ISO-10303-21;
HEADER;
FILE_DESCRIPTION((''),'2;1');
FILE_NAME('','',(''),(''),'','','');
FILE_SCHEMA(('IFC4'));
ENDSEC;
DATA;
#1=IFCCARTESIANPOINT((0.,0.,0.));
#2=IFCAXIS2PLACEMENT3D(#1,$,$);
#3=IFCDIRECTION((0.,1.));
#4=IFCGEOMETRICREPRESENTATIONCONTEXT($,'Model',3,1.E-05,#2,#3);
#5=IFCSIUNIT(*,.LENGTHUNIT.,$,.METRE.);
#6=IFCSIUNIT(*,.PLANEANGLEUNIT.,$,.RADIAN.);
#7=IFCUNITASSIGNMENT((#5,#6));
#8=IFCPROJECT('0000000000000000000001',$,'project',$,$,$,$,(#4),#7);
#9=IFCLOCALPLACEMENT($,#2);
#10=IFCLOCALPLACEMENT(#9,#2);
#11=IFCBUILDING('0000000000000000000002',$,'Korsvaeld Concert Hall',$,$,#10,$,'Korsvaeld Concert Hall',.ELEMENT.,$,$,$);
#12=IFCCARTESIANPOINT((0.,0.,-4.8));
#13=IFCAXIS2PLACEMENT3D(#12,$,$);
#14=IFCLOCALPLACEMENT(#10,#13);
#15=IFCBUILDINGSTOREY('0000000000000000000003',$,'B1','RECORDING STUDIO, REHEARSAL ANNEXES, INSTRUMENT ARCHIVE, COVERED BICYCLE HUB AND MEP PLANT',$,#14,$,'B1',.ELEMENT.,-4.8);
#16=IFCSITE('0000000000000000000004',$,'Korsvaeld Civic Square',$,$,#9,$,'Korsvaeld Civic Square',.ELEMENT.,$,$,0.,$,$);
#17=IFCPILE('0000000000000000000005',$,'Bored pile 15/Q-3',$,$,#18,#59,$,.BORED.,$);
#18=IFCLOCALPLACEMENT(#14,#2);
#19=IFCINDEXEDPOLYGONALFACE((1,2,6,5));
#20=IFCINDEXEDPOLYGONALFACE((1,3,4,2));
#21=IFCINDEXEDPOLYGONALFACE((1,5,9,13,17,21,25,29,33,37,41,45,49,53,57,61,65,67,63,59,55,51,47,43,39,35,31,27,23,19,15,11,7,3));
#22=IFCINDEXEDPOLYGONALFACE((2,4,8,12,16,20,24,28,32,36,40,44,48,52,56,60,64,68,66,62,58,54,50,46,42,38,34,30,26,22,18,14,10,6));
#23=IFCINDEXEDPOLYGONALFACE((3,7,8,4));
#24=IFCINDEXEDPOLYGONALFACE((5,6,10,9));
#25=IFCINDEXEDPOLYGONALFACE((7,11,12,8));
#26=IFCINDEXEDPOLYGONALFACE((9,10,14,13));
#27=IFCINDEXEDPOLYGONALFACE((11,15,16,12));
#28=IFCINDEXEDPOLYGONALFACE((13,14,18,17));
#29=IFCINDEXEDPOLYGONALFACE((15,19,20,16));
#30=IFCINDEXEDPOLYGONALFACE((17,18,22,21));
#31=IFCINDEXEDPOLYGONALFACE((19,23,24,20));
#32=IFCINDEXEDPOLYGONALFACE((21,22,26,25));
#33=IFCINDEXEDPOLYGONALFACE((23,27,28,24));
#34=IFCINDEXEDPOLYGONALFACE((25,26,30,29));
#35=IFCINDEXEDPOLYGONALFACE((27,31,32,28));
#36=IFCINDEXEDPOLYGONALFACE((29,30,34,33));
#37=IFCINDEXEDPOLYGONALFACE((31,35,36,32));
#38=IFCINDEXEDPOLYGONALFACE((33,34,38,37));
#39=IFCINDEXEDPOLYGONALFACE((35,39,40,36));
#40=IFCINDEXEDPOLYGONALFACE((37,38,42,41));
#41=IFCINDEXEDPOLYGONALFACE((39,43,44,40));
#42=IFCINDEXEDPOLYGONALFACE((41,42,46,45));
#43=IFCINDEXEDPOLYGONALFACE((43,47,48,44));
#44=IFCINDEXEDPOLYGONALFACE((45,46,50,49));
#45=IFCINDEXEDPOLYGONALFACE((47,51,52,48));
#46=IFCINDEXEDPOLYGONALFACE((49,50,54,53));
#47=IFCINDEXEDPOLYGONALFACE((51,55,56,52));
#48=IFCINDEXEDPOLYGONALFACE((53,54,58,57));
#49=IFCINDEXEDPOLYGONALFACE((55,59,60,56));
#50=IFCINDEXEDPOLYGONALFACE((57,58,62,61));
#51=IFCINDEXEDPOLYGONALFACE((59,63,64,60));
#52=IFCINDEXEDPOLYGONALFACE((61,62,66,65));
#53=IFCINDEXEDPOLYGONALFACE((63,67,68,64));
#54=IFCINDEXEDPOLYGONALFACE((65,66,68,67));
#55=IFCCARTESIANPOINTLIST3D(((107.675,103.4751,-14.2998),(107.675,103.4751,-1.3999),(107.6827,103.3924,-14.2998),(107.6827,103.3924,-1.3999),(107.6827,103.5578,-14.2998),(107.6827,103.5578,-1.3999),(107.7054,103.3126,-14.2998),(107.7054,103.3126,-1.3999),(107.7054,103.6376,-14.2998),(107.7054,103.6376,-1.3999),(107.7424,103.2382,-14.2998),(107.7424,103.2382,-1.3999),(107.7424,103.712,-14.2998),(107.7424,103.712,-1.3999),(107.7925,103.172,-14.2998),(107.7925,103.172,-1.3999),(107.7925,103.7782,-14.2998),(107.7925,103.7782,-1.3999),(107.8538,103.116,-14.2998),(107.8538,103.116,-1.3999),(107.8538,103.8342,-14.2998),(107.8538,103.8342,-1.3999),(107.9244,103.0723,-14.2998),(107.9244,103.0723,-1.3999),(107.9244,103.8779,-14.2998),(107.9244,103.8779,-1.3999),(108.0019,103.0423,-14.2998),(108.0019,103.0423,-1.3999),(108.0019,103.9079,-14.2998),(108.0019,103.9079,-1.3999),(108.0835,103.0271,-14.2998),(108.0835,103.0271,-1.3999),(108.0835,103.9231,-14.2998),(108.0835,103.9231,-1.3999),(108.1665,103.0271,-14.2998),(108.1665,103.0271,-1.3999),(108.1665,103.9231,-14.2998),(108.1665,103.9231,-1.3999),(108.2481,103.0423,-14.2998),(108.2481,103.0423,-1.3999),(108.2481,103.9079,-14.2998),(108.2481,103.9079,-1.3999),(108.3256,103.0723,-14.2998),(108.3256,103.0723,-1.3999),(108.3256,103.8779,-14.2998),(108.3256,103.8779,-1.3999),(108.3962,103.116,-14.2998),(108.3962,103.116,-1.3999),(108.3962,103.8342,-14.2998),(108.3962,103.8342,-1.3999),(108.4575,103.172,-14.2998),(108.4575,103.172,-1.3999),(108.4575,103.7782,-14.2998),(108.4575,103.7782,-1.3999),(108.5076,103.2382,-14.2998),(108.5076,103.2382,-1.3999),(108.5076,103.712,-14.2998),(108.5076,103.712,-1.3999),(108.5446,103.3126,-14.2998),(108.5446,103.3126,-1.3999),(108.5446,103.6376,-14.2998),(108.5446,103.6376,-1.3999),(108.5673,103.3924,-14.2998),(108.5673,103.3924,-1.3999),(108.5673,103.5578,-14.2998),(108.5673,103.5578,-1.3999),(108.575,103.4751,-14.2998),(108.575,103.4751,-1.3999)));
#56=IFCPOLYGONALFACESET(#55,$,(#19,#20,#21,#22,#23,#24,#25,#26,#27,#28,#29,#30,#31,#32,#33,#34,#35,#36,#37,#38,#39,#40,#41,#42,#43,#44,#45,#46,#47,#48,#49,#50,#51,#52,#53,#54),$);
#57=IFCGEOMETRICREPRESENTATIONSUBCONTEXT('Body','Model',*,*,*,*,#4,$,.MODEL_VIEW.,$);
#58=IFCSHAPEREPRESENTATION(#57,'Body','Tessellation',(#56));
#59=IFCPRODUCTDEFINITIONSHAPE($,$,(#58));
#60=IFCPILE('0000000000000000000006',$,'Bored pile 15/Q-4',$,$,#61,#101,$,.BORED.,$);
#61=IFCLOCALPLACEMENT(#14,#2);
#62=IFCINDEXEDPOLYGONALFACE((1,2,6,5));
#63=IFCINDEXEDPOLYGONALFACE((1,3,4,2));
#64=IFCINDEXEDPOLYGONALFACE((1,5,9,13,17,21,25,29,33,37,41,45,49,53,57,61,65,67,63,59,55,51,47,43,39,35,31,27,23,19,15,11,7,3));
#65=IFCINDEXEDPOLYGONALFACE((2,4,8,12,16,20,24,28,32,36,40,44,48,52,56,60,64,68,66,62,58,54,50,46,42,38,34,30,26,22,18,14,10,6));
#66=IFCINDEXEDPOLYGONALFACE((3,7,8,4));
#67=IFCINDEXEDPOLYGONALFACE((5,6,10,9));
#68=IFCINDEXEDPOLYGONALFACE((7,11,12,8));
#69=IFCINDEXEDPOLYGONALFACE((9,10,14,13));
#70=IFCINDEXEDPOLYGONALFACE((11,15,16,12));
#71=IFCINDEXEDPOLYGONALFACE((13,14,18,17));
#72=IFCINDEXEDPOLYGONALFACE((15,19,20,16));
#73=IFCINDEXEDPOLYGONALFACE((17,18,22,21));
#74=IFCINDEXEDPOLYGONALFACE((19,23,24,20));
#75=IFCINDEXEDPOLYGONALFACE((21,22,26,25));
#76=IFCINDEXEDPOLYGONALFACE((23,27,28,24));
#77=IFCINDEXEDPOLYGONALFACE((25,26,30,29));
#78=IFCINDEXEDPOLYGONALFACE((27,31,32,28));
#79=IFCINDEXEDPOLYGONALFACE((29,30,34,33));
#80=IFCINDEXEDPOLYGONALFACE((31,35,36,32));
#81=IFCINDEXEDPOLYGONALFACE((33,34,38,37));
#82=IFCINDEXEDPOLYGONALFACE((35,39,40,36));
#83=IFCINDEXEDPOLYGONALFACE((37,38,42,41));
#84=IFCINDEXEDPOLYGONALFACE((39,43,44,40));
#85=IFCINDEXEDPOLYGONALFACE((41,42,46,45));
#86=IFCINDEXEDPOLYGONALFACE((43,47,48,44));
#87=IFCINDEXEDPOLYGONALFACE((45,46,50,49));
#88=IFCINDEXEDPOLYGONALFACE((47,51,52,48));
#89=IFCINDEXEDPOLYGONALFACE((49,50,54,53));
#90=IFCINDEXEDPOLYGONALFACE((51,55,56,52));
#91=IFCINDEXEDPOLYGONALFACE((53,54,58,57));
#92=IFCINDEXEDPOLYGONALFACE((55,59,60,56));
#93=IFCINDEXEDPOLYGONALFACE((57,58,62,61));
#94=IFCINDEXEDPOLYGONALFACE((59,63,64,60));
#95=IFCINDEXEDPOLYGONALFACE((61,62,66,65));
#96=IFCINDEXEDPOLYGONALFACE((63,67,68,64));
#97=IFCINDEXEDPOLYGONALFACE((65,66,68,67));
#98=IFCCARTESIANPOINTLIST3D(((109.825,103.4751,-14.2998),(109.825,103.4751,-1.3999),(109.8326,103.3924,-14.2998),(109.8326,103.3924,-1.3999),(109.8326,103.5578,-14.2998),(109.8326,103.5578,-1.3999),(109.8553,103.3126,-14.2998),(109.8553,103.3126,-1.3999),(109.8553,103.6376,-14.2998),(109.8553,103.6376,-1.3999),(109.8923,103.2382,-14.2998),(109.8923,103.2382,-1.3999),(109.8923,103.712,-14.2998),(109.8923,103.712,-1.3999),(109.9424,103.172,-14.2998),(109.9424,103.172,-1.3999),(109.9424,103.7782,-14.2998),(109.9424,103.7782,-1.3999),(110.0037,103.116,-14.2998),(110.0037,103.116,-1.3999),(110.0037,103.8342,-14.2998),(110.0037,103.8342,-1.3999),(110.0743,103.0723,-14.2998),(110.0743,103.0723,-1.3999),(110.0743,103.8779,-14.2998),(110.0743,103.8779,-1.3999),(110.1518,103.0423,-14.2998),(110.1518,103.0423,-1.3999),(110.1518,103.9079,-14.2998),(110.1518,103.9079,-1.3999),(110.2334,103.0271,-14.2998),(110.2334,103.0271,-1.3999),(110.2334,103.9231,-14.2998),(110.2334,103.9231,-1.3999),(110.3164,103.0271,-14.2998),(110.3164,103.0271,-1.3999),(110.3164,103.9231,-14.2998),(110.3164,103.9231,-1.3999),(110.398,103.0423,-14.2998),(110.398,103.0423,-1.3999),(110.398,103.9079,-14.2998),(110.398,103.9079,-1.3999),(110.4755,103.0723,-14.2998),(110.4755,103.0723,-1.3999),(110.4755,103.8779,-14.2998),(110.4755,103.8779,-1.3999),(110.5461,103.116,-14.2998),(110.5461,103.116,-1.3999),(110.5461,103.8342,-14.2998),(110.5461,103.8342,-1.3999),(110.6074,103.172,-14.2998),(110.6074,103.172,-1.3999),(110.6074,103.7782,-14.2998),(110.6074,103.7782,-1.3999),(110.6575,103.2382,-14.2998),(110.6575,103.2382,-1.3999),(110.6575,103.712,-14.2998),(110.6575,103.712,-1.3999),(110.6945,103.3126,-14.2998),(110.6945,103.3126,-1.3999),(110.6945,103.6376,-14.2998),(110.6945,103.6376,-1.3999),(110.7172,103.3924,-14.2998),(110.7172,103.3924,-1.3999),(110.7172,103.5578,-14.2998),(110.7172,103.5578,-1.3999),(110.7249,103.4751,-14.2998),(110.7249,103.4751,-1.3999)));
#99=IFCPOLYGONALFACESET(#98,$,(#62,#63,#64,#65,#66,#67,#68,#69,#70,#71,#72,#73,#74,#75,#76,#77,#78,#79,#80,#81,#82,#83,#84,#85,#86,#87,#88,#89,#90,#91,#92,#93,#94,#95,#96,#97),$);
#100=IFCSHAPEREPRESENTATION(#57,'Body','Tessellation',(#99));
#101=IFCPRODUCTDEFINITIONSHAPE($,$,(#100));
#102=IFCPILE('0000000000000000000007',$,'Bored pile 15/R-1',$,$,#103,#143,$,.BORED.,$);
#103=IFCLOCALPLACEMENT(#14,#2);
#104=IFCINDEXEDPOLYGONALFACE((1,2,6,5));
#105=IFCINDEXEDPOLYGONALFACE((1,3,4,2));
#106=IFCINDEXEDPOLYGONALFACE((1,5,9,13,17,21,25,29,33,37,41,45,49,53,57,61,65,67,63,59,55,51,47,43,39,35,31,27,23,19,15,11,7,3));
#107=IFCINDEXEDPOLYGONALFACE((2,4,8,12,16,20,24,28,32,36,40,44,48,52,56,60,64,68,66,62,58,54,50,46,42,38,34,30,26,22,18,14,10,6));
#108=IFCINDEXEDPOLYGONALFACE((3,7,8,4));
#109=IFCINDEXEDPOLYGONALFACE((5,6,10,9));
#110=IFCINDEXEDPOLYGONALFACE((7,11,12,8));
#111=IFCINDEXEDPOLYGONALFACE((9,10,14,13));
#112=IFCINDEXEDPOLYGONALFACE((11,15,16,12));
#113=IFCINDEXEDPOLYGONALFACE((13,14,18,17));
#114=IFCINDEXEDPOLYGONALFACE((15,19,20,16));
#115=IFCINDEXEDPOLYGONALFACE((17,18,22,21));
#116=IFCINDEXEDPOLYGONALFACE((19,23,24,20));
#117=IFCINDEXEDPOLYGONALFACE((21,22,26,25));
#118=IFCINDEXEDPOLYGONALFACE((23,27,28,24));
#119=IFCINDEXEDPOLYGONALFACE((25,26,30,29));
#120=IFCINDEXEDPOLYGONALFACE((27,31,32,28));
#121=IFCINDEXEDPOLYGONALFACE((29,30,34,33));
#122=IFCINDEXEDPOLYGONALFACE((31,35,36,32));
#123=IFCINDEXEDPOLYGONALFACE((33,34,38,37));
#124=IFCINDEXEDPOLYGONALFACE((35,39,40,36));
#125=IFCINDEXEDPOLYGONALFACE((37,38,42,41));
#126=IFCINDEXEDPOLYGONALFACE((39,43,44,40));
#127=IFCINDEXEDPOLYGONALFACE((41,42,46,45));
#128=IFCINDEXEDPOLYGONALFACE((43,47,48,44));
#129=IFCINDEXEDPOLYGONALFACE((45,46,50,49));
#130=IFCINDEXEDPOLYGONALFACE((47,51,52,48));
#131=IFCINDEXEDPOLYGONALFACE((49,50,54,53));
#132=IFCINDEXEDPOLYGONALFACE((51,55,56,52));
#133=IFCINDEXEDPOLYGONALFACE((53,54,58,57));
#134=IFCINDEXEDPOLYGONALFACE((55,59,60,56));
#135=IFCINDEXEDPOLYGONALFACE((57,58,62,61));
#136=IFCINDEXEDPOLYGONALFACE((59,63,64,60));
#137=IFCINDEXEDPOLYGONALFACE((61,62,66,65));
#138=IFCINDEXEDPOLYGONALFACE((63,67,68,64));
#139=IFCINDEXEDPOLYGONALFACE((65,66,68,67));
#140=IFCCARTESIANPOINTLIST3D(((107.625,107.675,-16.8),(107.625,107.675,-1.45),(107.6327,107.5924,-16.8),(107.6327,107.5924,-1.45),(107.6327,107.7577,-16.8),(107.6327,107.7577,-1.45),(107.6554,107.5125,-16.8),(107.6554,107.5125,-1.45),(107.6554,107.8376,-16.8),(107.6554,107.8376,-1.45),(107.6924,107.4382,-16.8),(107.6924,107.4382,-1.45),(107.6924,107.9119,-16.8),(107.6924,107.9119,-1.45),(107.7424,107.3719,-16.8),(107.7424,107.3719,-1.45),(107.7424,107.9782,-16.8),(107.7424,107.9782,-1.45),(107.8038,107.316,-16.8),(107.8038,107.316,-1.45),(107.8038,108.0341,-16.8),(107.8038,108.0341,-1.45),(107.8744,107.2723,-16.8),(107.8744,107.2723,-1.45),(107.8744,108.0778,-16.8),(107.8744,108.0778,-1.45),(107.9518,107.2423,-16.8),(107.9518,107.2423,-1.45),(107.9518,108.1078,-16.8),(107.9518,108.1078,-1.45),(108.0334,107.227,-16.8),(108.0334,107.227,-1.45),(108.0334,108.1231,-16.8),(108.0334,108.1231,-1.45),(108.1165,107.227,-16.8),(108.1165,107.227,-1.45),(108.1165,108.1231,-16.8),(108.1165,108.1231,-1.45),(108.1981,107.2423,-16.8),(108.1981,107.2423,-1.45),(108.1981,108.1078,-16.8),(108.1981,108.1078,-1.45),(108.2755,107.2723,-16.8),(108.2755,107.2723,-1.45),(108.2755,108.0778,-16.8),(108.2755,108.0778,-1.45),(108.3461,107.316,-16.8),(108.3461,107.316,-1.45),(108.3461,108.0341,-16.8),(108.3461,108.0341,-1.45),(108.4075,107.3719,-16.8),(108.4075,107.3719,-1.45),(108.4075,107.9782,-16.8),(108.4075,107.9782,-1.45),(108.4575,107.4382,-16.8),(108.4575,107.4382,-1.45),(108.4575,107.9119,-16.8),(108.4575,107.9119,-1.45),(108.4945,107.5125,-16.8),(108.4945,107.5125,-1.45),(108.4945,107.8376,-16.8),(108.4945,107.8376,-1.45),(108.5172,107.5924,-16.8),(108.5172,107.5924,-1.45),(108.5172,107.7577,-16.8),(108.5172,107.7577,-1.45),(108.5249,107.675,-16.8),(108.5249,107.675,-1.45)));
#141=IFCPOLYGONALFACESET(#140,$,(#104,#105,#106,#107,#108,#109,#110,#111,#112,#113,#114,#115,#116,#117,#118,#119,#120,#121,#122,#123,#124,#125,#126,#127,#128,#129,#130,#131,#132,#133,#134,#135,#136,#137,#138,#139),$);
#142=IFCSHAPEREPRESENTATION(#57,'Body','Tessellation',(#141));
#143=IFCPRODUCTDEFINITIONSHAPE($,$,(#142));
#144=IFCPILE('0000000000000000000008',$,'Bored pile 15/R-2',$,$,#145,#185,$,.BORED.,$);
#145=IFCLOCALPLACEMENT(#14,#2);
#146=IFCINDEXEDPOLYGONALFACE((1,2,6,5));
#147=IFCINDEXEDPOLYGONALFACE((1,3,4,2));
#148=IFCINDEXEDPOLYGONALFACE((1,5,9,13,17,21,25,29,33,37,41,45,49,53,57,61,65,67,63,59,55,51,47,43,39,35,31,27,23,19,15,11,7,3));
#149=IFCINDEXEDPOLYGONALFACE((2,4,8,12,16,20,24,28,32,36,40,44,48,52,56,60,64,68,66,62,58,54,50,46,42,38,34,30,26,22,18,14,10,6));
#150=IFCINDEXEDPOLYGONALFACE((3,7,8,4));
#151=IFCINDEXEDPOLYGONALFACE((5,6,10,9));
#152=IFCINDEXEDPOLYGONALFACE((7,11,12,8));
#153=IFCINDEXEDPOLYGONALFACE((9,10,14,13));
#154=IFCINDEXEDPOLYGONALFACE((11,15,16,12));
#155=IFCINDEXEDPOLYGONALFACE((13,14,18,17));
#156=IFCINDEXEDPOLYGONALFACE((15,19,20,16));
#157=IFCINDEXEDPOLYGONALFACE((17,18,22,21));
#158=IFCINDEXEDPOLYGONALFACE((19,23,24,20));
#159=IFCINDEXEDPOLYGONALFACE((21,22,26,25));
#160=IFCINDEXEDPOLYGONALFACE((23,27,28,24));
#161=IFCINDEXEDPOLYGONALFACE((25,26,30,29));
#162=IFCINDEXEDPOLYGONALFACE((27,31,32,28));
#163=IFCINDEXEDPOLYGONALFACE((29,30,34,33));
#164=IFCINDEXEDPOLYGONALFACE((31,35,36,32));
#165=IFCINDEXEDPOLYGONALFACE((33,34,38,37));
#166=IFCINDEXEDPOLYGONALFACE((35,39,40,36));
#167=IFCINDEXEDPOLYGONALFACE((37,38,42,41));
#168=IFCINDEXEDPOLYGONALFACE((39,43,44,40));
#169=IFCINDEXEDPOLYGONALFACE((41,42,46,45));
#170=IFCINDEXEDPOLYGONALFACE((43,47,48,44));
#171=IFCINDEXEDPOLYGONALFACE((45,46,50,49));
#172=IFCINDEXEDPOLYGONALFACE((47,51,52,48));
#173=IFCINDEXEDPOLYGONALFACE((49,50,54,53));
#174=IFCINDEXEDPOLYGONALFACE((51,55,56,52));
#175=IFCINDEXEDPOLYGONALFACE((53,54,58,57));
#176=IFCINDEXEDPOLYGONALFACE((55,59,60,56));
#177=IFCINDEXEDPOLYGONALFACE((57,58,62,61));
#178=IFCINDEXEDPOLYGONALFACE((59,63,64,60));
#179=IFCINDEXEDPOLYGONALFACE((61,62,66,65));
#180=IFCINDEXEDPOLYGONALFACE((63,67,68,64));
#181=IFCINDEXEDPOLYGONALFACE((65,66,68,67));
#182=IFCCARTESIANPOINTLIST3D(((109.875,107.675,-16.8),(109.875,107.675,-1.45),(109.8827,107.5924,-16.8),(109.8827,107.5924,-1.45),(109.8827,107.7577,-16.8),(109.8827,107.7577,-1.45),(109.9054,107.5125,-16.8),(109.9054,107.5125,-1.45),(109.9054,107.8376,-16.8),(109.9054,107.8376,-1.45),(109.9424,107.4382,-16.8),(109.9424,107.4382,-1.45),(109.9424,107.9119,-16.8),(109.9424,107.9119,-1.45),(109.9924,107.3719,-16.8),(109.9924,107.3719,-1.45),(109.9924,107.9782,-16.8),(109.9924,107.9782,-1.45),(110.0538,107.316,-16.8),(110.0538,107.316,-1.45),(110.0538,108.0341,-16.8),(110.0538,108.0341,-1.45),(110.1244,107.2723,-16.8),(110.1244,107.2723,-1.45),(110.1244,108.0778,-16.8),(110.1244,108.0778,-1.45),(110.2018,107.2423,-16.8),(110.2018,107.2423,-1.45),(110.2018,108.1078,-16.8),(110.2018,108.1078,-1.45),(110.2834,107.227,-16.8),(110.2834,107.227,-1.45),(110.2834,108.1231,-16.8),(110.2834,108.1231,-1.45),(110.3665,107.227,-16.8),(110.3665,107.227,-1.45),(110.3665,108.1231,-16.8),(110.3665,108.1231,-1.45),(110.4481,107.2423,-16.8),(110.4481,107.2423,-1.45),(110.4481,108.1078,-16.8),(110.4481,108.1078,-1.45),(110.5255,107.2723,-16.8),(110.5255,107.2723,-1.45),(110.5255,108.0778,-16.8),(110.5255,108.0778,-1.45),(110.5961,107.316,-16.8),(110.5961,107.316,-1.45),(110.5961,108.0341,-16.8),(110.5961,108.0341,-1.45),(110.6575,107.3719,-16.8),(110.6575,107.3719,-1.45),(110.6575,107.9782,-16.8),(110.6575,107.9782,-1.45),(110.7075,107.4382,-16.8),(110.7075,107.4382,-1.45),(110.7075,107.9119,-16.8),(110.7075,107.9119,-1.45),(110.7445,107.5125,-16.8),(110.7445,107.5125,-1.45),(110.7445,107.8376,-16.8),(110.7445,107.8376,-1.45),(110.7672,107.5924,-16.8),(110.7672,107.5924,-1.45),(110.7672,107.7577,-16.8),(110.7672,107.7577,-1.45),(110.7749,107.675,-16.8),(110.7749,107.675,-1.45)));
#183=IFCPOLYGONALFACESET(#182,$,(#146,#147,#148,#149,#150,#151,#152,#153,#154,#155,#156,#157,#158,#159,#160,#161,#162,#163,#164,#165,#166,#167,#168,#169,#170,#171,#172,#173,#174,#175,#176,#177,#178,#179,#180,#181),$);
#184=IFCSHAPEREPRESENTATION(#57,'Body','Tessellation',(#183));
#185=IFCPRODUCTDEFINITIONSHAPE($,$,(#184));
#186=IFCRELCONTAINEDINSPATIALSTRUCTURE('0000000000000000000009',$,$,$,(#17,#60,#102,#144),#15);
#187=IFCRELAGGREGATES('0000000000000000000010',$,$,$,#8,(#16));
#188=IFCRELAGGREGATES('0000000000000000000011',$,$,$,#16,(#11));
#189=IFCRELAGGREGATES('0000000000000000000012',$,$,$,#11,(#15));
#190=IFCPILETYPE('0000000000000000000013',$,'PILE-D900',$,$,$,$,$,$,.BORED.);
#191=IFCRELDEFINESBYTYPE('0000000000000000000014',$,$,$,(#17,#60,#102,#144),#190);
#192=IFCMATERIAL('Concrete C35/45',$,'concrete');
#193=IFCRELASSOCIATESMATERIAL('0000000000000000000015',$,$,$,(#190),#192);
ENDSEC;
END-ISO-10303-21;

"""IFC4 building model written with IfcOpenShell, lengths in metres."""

from ifc_helpers import new_model, si_unit, direction, frame, origin, origin_2d, place, context, subcontext, project, spatial, circle, extrude, material, material_profile, profile_set, type_object, element, save


model = new_model("IFC4")

# Units and contexts
model_context = context("Model", 3, precision=1e-05, world=origin(), true_north=direction((0.0, 1.0)))
body_context = subcontext(model_context, "Body", "Model", "MODEL_VIEW")
ifc_project = project(units=[si_unit("LENGTHUNIT", "METRE"), si_unit("PLANEANGLEUNIT", "RADIAN")], contexts=[model_context])

# Site, building, storey
site_placement = place(None, origin())
site = spatial("IfcSite", under=ifc_project, at=site_placement, Name="Korsvaeld Civic Square", LongName="Korsvaeld Civic Square", CompositionType="ELEMENT", RefElevation=0.0)
building_placement = place(site_placement, origin())
building = spatial("IfcBuilding", under=site, at=building_placement, Name="Korsvaeld Concert Hall", LongName="Korsvaeld Concert Hall", CompositionType="ELEMENT")
storey_placement = place(building_placement, frame((0.0, 0.0, -4.8)))
storey = spatial("IfcBuildingStorey", under=building, at=storey_placement, Name="B1", Description="RECORDING STUDIO, REHEARSAL ANNEXES, INSTRUMENT ARCHIVE, COVERED BICYCLE HUB AND MEP PLANT", LongName="B1", CompositionType="ELEMENT", Elevation=-4.8)

# Shared definitions
ifc_material_1 = material(Name="Concrete C35/45", Category="concrete")

# Piles
ifc_material_profile_1 = material_profile(ifc_material_1, circle(Radius=0.45, at=origin_2d()), Name="BORED PILE D900")
ifc_profile_set_1 = profile_set([ifc_material_profile_1], Name="Concrete C35/45")
pile_type_1 = type_object("IfcPileType", Name="PILE-D900", PredefinedType="BORED", material=ifc_profile_set_1)
for number, where, z_axis, x_axis, name in (
    (1, (108.125, 103.4751, -1.3999), (0.0, 0.0, -1.0), (1.0, 0.0, 0.0), "Bored pile 15/Q-3"),
    (2, (110.2749, 103.4751, -1.3999), (0.0, 0.0, -1.0), (1.0, 0.0, 0.0), "Bored pile 15/Q-4"),
):
    element("IfcPile", number, at=place(storey_placement, frame(where, z_axis=z_axis, x_axis=x_axis)), inside=storey, type_object=pile_type_1, Name=name, PredefinedType="BORED", context=body_context, shape_type="SweptSolid", body=[
        extrude(circle(Radius=0.45, at=origin_2d()), origin(), (0.0, 0.0, 1.0), 12.8999),
    ])
for number, where, z_axis, x_axis, name in (
    (3, (108.075, 107.675, -1.45), (0.0, 0.0, -1.0), (1.0, 0.0, 0.0), "Bored pile 15/R-1"),
    (4, (110.325, 107.675, -1.45), (0.0, 0.0, -1.0), (1.0, 0.0, 0.0), "Bored pile 15/R-2"),
):
    element("IfcPile", number, at=place(storey_placement, frame(where, z_axis=z_axis, x_axis=x_axis)), inside=storey, type_object=pile_type_1, Name=name, PredefinedType="BORED", context=body_context, shape_type="SweptSolid", body=[
        extrude(circle(Radius=0.45, at=origin_2d()), origin(), (0.0, 0.0, 1.0), 15.3501),
    ])

save(model, "model.ifc")
